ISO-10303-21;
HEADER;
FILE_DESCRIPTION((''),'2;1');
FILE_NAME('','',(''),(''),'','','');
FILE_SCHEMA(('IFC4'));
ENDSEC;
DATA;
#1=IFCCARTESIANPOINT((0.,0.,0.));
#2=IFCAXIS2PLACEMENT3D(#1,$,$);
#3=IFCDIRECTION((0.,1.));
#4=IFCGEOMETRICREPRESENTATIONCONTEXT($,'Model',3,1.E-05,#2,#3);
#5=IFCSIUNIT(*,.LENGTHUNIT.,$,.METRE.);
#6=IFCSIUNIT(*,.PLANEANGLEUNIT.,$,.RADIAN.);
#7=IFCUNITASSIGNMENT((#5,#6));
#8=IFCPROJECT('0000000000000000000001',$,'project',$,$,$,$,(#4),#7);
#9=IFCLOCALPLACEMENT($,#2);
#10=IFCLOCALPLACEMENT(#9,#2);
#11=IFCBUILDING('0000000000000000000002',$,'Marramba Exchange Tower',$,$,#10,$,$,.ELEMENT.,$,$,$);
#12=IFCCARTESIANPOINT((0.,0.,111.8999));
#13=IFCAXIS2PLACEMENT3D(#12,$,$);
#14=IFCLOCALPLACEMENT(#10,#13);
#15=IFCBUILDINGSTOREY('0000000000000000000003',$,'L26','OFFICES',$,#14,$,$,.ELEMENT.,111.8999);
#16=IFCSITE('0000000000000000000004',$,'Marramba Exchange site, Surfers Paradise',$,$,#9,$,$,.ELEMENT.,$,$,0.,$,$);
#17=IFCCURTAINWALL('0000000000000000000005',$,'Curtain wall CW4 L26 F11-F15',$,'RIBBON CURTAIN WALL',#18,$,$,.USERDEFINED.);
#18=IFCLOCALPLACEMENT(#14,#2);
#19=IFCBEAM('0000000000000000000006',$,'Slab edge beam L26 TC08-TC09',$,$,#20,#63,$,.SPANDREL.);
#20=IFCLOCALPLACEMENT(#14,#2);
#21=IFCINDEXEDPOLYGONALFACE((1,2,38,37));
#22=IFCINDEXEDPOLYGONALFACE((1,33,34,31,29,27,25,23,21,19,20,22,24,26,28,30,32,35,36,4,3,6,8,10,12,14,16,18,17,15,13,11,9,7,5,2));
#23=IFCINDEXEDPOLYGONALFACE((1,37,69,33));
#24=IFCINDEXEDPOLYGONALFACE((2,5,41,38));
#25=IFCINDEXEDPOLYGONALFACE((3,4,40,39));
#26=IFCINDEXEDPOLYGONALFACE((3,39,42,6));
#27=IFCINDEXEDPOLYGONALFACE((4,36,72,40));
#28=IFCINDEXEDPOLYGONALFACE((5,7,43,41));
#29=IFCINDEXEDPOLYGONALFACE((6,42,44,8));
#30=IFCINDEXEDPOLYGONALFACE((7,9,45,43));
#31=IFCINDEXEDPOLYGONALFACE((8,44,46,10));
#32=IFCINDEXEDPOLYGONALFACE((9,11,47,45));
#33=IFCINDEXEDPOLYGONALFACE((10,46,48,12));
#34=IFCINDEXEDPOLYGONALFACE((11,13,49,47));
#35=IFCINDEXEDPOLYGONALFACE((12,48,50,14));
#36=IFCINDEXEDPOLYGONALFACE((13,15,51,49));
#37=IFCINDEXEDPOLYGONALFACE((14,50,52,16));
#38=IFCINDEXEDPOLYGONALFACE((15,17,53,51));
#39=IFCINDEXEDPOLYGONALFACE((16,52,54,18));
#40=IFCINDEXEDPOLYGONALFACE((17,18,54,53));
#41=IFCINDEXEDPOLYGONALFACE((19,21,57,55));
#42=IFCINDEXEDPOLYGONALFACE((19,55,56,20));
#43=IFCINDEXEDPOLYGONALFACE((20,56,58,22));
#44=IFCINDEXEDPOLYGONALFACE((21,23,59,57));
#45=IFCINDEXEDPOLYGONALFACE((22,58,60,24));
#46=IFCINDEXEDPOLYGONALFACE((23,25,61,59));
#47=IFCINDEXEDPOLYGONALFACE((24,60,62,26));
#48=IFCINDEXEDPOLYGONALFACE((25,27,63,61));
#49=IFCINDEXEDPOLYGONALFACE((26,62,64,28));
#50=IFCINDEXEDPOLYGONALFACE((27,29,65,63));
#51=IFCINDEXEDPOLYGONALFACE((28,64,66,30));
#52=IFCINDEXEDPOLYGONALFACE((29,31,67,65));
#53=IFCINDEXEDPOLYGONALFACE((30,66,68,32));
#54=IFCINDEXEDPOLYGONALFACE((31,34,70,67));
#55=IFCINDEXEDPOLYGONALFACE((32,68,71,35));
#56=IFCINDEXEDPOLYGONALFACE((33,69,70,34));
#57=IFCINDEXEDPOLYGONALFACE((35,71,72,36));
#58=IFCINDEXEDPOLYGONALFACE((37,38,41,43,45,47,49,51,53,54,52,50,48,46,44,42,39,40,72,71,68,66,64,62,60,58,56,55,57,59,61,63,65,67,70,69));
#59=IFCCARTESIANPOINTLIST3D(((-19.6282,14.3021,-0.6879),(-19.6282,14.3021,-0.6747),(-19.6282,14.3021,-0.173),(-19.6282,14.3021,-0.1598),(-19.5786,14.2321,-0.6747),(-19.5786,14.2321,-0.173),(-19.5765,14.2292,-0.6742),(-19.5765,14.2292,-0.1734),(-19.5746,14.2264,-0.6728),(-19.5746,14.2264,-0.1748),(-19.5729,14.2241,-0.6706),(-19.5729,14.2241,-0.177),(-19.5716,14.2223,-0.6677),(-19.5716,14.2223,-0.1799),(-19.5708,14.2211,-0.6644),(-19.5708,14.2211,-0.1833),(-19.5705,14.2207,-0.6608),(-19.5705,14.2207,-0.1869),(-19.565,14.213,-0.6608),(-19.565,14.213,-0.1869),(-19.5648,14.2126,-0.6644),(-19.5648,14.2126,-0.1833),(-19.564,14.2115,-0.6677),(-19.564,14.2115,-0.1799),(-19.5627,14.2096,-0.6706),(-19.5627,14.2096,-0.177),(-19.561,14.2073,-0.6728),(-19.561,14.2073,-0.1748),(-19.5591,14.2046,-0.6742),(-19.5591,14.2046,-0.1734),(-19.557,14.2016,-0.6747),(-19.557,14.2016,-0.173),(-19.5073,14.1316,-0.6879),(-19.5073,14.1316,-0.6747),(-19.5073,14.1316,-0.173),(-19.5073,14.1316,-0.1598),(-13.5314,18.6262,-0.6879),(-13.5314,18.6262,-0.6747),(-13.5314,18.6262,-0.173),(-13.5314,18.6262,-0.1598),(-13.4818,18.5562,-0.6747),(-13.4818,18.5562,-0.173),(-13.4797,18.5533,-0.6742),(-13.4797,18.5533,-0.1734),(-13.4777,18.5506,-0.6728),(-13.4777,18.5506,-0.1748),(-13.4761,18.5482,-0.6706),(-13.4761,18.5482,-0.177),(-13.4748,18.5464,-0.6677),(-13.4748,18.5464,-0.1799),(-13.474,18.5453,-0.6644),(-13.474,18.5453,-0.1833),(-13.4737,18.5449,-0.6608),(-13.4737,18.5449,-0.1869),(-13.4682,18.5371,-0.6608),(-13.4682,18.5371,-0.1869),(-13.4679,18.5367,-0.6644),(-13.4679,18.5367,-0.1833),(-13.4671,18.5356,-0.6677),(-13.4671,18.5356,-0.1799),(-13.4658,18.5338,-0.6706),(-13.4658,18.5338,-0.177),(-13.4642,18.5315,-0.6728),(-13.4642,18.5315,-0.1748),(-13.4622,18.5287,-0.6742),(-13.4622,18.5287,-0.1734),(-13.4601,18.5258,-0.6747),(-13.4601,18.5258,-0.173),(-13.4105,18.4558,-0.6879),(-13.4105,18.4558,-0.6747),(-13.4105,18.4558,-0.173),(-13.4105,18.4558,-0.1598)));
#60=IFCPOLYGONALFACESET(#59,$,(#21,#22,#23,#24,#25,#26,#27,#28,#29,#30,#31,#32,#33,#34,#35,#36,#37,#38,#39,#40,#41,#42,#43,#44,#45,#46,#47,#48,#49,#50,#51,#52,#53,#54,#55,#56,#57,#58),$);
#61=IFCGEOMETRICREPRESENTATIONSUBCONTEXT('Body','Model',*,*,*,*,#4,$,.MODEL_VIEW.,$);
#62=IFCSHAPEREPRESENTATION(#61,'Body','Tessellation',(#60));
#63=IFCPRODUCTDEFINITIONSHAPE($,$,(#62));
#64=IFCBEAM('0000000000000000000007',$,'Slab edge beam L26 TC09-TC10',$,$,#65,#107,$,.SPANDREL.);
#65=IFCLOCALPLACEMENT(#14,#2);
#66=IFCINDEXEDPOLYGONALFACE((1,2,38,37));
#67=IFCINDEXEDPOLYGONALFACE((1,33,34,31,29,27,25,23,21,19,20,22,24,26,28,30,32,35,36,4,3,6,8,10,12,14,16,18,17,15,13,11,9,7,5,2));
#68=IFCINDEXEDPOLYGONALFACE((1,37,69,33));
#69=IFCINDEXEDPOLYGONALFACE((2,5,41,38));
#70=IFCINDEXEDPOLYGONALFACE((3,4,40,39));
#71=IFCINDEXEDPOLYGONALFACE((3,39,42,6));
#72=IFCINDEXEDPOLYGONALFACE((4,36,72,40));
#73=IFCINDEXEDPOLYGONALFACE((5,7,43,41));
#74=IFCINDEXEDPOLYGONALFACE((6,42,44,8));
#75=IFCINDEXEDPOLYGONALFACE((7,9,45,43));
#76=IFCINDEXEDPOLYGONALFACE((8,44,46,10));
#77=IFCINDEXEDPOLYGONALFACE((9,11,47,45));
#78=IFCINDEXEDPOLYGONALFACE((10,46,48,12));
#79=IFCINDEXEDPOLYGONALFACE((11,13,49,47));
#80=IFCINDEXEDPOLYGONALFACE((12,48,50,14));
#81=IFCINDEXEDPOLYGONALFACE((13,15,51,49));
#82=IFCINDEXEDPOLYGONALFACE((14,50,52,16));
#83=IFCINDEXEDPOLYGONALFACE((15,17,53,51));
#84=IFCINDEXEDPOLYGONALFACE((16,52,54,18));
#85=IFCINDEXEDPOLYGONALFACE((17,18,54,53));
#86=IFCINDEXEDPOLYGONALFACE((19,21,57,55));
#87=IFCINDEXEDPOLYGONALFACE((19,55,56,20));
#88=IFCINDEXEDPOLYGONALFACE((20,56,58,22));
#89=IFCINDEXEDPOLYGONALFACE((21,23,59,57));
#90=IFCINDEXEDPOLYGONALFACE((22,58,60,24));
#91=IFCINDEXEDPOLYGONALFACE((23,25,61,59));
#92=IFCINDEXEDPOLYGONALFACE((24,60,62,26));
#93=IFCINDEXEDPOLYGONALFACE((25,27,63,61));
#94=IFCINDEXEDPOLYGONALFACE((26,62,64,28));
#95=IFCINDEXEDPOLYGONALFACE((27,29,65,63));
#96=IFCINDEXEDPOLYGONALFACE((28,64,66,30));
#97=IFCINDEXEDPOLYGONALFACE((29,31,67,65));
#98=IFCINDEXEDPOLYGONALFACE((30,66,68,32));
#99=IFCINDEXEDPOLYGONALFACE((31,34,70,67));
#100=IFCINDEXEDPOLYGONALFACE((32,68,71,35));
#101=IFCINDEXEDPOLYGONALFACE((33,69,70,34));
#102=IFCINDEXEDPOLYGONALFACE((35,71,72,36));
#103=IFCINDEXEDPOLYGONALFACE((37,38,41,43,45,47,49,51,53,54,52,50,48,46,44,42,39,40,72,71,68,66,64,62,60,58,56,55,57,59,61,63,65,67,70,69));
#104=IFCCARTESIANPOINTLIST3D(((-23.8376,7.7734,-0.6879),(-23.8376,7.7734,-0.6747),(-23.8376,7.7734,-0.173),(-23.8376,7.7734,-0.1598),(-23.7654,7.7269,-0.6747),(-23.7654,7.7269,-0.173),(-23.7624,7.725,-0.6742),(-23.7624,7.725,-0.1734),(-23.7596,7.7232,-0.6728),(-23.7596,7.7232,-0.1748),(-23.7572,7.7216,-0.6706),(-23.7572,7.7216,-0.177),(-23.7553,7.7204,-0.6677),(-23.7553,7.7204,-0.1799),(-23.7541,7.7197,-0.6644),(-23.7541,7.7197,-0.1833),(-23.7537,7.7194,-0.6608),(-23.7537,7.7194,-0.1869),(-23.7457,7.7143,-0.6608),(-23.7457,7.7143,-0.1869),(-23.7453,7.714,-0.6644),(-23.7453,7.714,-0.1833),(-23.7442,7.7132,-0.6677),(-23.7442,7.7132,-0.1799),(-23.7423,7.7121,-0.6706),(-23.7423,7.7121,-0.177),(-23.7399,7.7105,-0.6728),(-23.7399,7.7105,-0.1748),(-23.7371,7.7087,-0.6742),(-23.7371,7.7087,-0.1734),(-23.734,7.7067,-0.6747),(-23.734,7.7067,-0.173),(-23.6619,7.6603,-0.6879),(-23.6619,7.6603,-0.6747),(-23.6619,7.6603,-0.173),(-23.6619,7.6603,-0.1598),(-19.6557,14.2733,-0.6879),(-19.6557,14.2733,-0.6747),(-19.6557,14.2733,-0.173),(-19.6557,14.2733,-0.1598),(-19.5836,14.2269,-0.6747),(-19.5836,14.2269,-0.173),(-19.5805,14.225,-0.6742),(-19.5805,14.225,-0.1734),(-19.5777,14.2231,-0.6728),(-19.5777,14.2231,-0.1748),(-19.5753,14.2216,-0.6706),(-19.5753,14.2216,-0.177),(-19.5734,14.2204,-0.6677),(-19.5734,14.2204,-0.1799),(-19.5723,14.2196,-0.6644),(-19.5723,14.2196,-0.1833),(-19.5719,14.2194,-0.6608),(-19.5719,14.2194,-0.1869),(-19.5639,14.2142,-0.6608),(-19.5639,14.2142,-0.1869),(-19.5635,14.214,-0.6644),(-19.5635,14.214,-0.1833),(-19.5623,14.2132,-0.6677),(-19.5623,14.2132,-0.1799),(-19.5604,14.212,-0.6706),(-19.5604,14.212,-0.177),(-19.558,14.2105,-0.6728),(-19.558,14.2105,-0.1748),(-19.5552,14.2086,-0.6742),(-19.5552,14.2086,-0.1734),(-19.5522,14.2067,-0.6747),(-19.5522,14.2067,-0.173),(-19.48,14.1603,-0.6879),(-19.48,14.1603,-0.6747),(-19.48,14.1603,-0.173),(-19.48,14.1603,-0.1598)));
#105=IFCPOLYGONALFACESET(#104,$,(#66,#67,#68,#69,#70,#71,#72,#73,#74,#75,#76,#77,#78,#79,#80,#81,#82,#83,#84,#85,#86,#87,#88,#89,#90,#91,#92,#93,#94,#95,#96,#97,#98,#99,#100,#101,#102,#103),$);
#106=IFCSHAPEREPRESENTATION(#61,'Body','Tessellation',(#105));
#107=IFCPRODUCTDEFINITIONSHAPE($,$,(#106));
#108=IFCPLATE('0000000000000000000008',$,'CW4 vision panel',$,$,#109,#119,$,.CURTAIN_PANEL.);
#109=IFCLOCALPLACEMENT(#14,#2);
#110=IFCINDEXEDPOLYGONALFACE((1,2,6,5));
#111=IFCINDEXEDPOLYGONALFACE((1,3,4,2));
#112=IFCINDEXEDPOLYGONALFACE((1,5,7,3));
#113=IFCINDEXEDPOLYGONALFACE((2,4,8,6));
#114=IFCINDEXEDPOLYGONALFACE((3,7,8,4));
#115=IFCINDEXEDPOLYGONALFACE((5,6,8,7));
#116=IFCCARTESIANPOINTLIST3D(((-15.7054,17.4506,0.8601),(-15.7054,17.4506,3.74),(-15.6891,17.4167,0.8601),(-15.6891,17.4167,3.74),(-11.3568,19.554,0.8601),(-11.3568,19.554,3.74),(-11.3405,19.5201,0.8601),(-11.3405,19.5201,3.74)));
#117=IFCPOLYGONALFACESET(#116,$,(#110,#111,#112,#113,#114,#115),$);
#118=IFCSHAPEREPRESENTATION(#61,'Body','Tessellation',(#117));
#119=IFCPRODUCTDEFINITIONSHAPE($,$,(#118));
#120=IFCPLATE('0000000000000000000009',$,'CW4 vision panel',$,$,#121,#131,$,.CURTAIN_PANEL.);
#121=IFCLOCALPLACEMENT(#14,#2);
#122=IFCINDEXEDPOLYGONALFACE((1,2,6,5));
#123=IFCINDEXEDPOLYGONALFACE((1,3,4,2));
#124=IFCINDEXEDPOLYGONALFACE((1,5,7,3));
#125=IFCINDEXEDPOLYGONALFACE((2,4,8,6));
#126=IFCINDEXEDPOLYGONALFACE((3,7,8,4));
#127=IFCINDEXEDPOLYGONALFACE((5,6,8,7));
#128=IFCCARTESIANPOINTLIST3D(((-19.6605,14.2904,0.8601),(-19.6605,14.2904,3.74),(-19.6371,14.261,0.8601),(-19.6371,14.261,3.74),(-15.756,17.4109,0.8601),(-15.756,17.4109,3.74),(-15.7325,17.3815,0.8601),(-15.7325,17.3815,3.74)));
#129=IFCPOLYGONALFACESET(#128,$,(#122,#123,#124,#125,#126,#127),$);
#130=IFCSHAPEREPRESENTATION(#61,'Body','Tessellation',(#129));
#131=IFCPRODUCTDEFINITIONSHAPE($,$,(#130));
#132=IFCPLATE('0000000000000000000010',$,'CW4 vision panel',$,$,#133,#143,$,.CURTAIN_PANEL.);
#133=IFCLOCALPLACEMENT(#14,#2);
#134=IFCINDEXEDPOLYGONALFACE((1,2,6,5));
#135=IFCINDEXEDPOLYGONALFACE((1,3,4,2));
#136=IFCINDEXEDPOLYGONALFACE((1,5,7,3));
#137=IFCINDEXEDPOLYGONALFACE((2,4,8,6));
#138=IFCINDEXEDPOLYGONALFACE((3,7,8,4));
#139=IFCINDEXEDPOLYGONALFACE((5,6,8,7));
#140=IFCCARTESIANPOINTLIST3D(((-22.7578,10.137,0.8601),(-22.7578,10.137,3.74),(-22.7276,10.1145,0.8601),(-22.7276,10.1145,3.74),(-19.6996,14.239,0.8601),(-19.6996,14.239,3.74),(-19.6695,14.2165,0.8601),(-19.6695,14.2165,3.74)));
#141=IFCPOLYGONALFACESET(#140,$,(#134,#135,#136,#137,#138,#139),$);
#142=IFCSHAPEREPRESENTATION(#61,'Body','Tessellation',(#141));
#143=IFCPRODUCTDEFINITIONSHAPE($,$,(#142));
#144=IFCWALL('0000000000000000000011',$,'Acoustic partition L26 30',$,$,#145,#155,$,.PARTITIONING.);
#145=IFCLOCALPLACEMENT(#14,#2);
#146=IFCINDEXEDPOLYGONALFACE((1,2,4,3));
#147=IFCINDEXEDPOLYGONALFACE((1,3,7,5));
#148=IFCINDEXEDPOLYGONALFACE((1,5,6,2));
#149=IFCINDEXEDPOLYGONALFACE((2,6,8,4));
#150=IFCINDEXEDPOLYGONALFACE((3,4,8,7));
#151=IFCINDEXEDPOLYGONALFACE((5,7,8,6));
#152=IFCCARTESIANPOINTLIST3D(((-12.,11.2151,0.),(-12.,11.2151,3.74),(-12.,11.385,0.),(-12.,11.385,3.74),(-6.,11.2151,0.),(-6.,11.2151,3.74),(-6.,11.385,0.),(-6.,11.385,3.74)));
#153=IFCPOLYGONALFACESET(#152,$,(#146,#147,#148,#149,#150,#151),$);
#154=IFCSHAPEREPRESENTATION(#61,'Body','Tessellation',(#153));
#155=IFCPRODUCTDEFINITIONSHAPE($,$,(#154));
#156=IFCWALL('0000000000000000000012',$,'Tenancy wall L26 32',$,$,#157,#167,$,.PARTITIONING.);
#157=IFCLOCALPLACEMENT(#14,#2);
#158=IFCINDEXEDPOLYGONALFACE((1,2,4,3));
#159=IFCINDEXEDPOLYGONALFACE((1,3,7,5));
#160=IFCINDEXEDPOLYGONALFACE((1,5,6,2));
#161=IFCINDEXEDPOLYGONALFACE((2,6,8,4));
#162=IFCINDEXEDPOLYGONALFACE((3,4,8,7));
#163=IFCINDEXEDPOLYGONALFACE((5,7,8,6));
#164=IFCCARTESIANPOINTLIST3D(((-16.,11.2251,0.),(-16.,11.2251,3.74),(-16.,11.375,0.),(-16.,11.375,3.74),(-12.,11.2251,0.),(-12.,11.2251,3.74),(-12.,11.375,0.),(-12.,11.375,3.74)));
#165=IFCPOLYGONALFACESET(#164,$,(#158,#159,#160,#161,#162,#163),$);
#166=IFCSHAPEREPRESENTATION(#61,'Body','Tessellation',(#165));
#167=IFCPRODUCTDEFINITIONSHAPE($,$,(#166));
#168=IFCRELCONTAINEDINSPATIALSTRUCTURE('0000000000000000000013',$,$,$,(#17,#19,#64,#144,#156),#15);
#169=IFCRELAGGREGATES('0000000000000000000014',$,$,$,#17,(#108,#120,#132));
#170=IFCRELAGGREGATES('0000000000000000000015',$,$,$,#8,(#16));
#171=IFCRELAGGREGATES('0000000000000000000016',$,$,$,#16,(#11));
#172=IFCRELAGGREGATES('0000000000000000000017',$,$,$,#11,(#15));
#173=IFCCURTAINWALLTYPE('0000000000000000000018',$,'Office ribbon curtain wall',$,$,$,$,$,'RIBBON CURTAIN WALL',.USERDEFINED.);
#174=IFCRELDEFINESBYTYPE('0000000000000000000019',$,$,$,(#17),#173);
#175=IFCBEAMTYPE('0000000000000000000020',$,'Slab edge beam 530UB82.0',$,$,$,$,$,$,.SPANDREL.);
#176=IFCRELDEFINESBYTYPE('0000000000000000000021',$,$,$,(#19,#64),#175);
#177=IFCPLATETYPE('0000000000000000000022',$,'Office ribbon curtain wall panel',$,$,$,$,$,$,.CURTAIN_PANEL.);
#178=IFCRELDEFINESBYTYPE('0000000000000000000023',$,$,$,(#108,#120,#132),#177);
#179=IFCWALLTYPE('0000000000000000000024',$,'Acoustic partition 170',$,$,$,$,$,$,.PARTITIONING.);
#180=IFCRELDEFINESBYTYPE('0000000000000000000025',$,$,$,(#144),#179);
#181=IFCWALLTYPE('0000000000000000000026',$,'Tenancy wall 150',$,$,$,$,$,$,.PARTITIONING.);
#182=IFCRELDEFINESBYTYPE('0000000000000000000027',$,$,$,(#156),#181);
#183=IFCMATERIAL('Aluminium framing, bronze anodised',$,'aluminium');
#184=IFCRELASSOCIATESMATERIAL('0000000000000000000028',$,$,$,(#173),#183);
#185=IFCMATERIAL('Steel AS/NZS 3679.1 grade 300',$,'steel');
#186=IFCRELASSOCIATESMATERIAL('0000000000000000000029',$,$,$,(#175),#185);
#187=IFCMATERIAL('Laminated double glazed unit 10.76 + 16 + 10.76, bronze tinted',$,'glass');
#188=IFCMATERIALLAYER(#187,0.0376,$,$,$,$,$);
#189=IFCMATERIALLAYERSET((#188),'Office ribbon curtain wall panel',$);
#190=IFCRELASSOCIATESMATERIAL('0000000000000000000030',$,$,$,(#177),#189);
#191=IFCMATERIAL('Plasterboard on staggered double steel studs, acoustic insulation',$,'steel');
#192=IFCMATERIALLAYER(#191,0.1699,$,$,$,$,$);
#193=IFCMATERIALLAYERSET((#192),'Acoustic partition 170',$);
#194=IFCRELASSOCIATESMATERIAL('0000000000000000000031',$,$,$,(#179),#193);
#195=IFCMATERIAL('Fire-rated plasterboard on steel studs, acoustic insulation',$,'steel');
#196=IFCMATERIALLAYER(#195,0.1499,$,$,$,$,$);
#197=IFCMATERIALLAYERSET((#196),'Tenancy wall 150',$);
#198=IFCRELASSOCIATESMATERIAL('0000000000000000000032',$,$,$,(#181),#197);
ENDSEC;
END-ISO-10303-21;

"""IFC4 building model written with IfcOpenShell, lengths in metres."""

from ifc_helpers import new_model, si_unit, direction, frame, frame_2d, origin, origin_2d, place, context, subcontext, project, spatial, rectangle, i_section, extrude, material, layer, layer_set, material_profile, profile_set, type_object, element, aggregate, save


model = new_model("IFC4")

# Units and contexts
model_context = context("Model", 3, precision=1e-05, world=origin(), true_north=direction((0.0, 1.0)))
body_context = subcontext(model_context, "Body", "Model", "MODEL_VIEW")
ifc_project = project(units=[si_unit("LENGTHUNIT", "METRE"), si_unit("PLANEANGLEUNIT", "RADIAN")], contexts=[model_context])

# Site, building, storey
site_placement = place(None, origin())
site = spatial("IfcSite", under=ifc_project, at=site_placement, Name="Marramba Exchange site, Surfers Paradise", CompositionType="ELEMENT", RefElevation=0.0)
building_placement = place(site_placement, origin())
building = spatial("IfcBuilding", under=site, at=building_placement, Name="Marramba Exchange Tower", CompositionType="ELEMENT")
storey_placement = place(building_placement, frame((0.0, 0.0, 111.8999)))
storey = spatial("IfcBuildingStorey", under=building, at=storey_placement, Name="L26", Description="OFFICES", CompositionType="ELEMENT", Elevation=111.8999)

# Shared definitions
ifc_material_1 = material(Name="Steel AS/NZS 3679.1 grade 300", Category="steel")

# Curtain wall
ifc_material_2 = material(Name="Aluminium framing, bronze anodised", Category="aluminium")
curtain_wall_type = type_object("IfcCurtainWallType", Name="Office ribbon curtain wall", ElementType="RIBBON CURTAIN WALL", PredefinedType="USERDEFINED", material=ifc_material_2)
curtain_wall_placement = place(storey_placement, origin())
curtain_wall = element("IfcCurtainWall", 1, at=curtain_wall_placement, inside=storey, type_object=curtain_wall_type, Name="Curtain wall CW4 L26 F11-F15", ObjectType="RIBBON CURTAIN WALL", PredefinedType="USERDEFINED")

# Beams
ifc_material_profile_1 = material_profile(ifc_material_1, i_section(OverallWidth=0.209, OverallDepth=0.5281, WebThickness=0.0095, FlangeThickness=0.0132, FilletRadius=0.0139, at=origin_2d()), Name="530UB82.0")
ifc_profile_set_1 = profile_set([ifc_material_profile_1], Name="Steel AS/NZS 3679.1 grade 300")
beam_type_1 = type_object("IfcBeamType", Name="Slab edge beam 530UB82.0", PredefinedType="SPANDREL", material=ifc_profile_set_1)
beam_1_placement = place(storey_placement, frame((-13.4709, 18.541, -0.4238), z_axis=(-0.815673, -0.578513, 0.0), x_axis=(0.578513, -0.815673, 0.0)))
element("IfcBeam", 2, at=beam_1_placement, inside=storey, type_object=beam_type_1, Name="Slab edge beam L26 TC08-TC09", PredefinedType="SPANDREL", context=body_context, shape_type="SweptSolid", body=[
    extrude(i_section(OverallWidth=0.209, OverallDepth=0.5281, WebThickness=0.0095, FlangeThickness=0.0132, FilletRadius=0.0139, at=origin_2d()), origin(), (0.0, 0.0, 1.0), 7.4746),
])
beam_2_placement = place(storey_placement, frame((-19.5679, 14.2168, -0.4238), z_axis=(-0.541061, -0.840983, 0.0), x_axis=(0.840983, -0.541061, 0.0)))
element("IfcBeam", 3, at=beam_2_placement, inside=storey, type_object=beam_type_1, Name="Slab edge beam L26 TC09-TC10", PredefinedType="SPANDREL", context=body_context, shape_type="SweptSolid", body=[
    extrude(i_section(OverallWidth=0.209, OverallDepth=0.5281, WebThickness=0.0095, FlangeThickness=0.0132, FilletRadius=0.0139, at=origin_2d()), origin(), (0.0, 0.0, 1.0), 7.729),
])

# Plates
ifc_material_3 = material(Name="Laminated double glazed unit 10.76 + 16 + 10.76, bronze tinted", Category="glass")
ifc_layer_1 = layer(ifc_material_3, 0.0376)
ifc_layer_set_1 = layer_set([ifc_layer_1], Name="Office ribbon curtain wall panel")
plate_type = type_object("IfcPlateType", Name="Office ribbon curtain wall panel", PredefinedType="CURTAIN_PANEL", material=ifc_layer_set_1)
plate_1_placement = place(storey_placement, frame((-13.5229, 18.4854, 0.8601), z_axis=(0.0, 0.0, 1.0), x_axis=(-0.900224, -0.435428, 0.0)))
plate_1 = element("IfcPlate", 4, at=plate_1_placement, type_object=plate_type, Name="CW4 vision panel", PredefinedType="CURTAIN_PANEL", context=body_context, shape_type="SweptSolid", body=[
    extrude(rectangle(XDim=4.8306, YDim=0.0376, at=origin_2d()), origin(), (0.0, 0.0, 1.0), 2.8799),
])
plate_2_placement = place(storey_placement, frame((-17.6965, 15.8359, 0.8601), z_axis=(0.0, 0.0, 1.0), x_axis=(-0.781178, -0.624308, 0.0)))
plate_2 = element("IfcPlate", 5, at=plate_2_placement, type_object=plate_type, Name="CW4 vision panel", PredefinedType="CURTAIN_PANEL", context=body_context, shape_type="SweptSolid", body=[
    extrude(rectangle(XDim=4.9983, YDim=0.0376, at=origin_2d()), origin(), (0.0, 0.0, 1.0), 2.8799),
])
plate_3_placement = place(storey_placement, frame((-21.2136, 12.1768, 0.8601), z_axis=(0.0, 0.0, 1.0), x_axis=(-0.597704, -0.801717, 0.0)))
plate_3 = element("IfcPlate", 6, at=plate_3_placement, type_object=plate_type, Name="CW4 vision panel", PredefinedType="CURTAIN_PANEL", context=body_context, shape_type="SweptSolid", body=[
    extrude(rectangle(XDim=5.1165, YDim=0.0376, at=origin_2d()), origin(), (0.0, 0.0, 1.0), 2.8799),
])
aggregate(curtain_wall, [plate_1, plate_2, plate_3])

# Walls
ifc_material_4 = material(Name="Plasterboard on staggered double steel studs, acoustic insulation", Category="steel")
ifc_layer_2 = layer(ifc_material_4, 0.1699)
ifc_layer_set_2 = layer_set([ifc_layer_2], Name="Acoustic partition 170")
wall_type_1 = type_object("IfcWallType", Name="Acoustic partition 170", PredefinedType="PARTITIONING", material=ifc_layer_set_2)
wall_1_placement = place(storey_placement, frame((-12.0, 11.3, 0.0), z_axis=(0.0, 0.0, 1.0), x_axis=(1.0, 0.0, 0.0)))
element("IfcWall", 7, at=wall_1_placement, inside=storey, type_object=wall_type_1, Name="Acoustic partition L26 30", PredefinedType="PARTITIONING", context=body_context, shape_type="SweptSolid", body=[
    extrude(rectangle(XDim=6.0, YDim=0.1699, at=frame_2d((3.0, 0.0))), origin(), (0.0, 0.0, 1.0), 3.74),
])
ifc_material_5 = material(Name="Fire-rated plasterboard on steel studs, acoustic insulation", Category="steel")
ifc_layer_3 = layer(ifc_material_5, 0.1499)
ifc_layer_set_3 = layer_set([ifc_layer_3], Name="Tenancy wall 150")
wall_type_2 = type_object("IfcWallType", Name="Tenancy wall 150", PredefinedType="PARTITIONING", material=ifc_layer_set_3)
wall_2_placement = place(storey_placement, frame((-12.0, 11.3, 0.0), z_axis=(0.0, 0.0, 1.0), x_axis=(-1.0, 0.0, 0.0)))
element("IfcWall", 8, at=wall_2_placement, inside=storey, type_object=wall_type_2, Name="Tenancy wall L26 32", PredefinedType="PARTITIONING", context=body_context, shape_type="SweptSolid", body=[
    extrude(rectangle(XDim=4.0, YDim=0.1499, at=frame_2d((2.0, 0.0))), origin(), (0.0, 0.0, 1.0), 3.74),
])

save(model, "model.ifc")
